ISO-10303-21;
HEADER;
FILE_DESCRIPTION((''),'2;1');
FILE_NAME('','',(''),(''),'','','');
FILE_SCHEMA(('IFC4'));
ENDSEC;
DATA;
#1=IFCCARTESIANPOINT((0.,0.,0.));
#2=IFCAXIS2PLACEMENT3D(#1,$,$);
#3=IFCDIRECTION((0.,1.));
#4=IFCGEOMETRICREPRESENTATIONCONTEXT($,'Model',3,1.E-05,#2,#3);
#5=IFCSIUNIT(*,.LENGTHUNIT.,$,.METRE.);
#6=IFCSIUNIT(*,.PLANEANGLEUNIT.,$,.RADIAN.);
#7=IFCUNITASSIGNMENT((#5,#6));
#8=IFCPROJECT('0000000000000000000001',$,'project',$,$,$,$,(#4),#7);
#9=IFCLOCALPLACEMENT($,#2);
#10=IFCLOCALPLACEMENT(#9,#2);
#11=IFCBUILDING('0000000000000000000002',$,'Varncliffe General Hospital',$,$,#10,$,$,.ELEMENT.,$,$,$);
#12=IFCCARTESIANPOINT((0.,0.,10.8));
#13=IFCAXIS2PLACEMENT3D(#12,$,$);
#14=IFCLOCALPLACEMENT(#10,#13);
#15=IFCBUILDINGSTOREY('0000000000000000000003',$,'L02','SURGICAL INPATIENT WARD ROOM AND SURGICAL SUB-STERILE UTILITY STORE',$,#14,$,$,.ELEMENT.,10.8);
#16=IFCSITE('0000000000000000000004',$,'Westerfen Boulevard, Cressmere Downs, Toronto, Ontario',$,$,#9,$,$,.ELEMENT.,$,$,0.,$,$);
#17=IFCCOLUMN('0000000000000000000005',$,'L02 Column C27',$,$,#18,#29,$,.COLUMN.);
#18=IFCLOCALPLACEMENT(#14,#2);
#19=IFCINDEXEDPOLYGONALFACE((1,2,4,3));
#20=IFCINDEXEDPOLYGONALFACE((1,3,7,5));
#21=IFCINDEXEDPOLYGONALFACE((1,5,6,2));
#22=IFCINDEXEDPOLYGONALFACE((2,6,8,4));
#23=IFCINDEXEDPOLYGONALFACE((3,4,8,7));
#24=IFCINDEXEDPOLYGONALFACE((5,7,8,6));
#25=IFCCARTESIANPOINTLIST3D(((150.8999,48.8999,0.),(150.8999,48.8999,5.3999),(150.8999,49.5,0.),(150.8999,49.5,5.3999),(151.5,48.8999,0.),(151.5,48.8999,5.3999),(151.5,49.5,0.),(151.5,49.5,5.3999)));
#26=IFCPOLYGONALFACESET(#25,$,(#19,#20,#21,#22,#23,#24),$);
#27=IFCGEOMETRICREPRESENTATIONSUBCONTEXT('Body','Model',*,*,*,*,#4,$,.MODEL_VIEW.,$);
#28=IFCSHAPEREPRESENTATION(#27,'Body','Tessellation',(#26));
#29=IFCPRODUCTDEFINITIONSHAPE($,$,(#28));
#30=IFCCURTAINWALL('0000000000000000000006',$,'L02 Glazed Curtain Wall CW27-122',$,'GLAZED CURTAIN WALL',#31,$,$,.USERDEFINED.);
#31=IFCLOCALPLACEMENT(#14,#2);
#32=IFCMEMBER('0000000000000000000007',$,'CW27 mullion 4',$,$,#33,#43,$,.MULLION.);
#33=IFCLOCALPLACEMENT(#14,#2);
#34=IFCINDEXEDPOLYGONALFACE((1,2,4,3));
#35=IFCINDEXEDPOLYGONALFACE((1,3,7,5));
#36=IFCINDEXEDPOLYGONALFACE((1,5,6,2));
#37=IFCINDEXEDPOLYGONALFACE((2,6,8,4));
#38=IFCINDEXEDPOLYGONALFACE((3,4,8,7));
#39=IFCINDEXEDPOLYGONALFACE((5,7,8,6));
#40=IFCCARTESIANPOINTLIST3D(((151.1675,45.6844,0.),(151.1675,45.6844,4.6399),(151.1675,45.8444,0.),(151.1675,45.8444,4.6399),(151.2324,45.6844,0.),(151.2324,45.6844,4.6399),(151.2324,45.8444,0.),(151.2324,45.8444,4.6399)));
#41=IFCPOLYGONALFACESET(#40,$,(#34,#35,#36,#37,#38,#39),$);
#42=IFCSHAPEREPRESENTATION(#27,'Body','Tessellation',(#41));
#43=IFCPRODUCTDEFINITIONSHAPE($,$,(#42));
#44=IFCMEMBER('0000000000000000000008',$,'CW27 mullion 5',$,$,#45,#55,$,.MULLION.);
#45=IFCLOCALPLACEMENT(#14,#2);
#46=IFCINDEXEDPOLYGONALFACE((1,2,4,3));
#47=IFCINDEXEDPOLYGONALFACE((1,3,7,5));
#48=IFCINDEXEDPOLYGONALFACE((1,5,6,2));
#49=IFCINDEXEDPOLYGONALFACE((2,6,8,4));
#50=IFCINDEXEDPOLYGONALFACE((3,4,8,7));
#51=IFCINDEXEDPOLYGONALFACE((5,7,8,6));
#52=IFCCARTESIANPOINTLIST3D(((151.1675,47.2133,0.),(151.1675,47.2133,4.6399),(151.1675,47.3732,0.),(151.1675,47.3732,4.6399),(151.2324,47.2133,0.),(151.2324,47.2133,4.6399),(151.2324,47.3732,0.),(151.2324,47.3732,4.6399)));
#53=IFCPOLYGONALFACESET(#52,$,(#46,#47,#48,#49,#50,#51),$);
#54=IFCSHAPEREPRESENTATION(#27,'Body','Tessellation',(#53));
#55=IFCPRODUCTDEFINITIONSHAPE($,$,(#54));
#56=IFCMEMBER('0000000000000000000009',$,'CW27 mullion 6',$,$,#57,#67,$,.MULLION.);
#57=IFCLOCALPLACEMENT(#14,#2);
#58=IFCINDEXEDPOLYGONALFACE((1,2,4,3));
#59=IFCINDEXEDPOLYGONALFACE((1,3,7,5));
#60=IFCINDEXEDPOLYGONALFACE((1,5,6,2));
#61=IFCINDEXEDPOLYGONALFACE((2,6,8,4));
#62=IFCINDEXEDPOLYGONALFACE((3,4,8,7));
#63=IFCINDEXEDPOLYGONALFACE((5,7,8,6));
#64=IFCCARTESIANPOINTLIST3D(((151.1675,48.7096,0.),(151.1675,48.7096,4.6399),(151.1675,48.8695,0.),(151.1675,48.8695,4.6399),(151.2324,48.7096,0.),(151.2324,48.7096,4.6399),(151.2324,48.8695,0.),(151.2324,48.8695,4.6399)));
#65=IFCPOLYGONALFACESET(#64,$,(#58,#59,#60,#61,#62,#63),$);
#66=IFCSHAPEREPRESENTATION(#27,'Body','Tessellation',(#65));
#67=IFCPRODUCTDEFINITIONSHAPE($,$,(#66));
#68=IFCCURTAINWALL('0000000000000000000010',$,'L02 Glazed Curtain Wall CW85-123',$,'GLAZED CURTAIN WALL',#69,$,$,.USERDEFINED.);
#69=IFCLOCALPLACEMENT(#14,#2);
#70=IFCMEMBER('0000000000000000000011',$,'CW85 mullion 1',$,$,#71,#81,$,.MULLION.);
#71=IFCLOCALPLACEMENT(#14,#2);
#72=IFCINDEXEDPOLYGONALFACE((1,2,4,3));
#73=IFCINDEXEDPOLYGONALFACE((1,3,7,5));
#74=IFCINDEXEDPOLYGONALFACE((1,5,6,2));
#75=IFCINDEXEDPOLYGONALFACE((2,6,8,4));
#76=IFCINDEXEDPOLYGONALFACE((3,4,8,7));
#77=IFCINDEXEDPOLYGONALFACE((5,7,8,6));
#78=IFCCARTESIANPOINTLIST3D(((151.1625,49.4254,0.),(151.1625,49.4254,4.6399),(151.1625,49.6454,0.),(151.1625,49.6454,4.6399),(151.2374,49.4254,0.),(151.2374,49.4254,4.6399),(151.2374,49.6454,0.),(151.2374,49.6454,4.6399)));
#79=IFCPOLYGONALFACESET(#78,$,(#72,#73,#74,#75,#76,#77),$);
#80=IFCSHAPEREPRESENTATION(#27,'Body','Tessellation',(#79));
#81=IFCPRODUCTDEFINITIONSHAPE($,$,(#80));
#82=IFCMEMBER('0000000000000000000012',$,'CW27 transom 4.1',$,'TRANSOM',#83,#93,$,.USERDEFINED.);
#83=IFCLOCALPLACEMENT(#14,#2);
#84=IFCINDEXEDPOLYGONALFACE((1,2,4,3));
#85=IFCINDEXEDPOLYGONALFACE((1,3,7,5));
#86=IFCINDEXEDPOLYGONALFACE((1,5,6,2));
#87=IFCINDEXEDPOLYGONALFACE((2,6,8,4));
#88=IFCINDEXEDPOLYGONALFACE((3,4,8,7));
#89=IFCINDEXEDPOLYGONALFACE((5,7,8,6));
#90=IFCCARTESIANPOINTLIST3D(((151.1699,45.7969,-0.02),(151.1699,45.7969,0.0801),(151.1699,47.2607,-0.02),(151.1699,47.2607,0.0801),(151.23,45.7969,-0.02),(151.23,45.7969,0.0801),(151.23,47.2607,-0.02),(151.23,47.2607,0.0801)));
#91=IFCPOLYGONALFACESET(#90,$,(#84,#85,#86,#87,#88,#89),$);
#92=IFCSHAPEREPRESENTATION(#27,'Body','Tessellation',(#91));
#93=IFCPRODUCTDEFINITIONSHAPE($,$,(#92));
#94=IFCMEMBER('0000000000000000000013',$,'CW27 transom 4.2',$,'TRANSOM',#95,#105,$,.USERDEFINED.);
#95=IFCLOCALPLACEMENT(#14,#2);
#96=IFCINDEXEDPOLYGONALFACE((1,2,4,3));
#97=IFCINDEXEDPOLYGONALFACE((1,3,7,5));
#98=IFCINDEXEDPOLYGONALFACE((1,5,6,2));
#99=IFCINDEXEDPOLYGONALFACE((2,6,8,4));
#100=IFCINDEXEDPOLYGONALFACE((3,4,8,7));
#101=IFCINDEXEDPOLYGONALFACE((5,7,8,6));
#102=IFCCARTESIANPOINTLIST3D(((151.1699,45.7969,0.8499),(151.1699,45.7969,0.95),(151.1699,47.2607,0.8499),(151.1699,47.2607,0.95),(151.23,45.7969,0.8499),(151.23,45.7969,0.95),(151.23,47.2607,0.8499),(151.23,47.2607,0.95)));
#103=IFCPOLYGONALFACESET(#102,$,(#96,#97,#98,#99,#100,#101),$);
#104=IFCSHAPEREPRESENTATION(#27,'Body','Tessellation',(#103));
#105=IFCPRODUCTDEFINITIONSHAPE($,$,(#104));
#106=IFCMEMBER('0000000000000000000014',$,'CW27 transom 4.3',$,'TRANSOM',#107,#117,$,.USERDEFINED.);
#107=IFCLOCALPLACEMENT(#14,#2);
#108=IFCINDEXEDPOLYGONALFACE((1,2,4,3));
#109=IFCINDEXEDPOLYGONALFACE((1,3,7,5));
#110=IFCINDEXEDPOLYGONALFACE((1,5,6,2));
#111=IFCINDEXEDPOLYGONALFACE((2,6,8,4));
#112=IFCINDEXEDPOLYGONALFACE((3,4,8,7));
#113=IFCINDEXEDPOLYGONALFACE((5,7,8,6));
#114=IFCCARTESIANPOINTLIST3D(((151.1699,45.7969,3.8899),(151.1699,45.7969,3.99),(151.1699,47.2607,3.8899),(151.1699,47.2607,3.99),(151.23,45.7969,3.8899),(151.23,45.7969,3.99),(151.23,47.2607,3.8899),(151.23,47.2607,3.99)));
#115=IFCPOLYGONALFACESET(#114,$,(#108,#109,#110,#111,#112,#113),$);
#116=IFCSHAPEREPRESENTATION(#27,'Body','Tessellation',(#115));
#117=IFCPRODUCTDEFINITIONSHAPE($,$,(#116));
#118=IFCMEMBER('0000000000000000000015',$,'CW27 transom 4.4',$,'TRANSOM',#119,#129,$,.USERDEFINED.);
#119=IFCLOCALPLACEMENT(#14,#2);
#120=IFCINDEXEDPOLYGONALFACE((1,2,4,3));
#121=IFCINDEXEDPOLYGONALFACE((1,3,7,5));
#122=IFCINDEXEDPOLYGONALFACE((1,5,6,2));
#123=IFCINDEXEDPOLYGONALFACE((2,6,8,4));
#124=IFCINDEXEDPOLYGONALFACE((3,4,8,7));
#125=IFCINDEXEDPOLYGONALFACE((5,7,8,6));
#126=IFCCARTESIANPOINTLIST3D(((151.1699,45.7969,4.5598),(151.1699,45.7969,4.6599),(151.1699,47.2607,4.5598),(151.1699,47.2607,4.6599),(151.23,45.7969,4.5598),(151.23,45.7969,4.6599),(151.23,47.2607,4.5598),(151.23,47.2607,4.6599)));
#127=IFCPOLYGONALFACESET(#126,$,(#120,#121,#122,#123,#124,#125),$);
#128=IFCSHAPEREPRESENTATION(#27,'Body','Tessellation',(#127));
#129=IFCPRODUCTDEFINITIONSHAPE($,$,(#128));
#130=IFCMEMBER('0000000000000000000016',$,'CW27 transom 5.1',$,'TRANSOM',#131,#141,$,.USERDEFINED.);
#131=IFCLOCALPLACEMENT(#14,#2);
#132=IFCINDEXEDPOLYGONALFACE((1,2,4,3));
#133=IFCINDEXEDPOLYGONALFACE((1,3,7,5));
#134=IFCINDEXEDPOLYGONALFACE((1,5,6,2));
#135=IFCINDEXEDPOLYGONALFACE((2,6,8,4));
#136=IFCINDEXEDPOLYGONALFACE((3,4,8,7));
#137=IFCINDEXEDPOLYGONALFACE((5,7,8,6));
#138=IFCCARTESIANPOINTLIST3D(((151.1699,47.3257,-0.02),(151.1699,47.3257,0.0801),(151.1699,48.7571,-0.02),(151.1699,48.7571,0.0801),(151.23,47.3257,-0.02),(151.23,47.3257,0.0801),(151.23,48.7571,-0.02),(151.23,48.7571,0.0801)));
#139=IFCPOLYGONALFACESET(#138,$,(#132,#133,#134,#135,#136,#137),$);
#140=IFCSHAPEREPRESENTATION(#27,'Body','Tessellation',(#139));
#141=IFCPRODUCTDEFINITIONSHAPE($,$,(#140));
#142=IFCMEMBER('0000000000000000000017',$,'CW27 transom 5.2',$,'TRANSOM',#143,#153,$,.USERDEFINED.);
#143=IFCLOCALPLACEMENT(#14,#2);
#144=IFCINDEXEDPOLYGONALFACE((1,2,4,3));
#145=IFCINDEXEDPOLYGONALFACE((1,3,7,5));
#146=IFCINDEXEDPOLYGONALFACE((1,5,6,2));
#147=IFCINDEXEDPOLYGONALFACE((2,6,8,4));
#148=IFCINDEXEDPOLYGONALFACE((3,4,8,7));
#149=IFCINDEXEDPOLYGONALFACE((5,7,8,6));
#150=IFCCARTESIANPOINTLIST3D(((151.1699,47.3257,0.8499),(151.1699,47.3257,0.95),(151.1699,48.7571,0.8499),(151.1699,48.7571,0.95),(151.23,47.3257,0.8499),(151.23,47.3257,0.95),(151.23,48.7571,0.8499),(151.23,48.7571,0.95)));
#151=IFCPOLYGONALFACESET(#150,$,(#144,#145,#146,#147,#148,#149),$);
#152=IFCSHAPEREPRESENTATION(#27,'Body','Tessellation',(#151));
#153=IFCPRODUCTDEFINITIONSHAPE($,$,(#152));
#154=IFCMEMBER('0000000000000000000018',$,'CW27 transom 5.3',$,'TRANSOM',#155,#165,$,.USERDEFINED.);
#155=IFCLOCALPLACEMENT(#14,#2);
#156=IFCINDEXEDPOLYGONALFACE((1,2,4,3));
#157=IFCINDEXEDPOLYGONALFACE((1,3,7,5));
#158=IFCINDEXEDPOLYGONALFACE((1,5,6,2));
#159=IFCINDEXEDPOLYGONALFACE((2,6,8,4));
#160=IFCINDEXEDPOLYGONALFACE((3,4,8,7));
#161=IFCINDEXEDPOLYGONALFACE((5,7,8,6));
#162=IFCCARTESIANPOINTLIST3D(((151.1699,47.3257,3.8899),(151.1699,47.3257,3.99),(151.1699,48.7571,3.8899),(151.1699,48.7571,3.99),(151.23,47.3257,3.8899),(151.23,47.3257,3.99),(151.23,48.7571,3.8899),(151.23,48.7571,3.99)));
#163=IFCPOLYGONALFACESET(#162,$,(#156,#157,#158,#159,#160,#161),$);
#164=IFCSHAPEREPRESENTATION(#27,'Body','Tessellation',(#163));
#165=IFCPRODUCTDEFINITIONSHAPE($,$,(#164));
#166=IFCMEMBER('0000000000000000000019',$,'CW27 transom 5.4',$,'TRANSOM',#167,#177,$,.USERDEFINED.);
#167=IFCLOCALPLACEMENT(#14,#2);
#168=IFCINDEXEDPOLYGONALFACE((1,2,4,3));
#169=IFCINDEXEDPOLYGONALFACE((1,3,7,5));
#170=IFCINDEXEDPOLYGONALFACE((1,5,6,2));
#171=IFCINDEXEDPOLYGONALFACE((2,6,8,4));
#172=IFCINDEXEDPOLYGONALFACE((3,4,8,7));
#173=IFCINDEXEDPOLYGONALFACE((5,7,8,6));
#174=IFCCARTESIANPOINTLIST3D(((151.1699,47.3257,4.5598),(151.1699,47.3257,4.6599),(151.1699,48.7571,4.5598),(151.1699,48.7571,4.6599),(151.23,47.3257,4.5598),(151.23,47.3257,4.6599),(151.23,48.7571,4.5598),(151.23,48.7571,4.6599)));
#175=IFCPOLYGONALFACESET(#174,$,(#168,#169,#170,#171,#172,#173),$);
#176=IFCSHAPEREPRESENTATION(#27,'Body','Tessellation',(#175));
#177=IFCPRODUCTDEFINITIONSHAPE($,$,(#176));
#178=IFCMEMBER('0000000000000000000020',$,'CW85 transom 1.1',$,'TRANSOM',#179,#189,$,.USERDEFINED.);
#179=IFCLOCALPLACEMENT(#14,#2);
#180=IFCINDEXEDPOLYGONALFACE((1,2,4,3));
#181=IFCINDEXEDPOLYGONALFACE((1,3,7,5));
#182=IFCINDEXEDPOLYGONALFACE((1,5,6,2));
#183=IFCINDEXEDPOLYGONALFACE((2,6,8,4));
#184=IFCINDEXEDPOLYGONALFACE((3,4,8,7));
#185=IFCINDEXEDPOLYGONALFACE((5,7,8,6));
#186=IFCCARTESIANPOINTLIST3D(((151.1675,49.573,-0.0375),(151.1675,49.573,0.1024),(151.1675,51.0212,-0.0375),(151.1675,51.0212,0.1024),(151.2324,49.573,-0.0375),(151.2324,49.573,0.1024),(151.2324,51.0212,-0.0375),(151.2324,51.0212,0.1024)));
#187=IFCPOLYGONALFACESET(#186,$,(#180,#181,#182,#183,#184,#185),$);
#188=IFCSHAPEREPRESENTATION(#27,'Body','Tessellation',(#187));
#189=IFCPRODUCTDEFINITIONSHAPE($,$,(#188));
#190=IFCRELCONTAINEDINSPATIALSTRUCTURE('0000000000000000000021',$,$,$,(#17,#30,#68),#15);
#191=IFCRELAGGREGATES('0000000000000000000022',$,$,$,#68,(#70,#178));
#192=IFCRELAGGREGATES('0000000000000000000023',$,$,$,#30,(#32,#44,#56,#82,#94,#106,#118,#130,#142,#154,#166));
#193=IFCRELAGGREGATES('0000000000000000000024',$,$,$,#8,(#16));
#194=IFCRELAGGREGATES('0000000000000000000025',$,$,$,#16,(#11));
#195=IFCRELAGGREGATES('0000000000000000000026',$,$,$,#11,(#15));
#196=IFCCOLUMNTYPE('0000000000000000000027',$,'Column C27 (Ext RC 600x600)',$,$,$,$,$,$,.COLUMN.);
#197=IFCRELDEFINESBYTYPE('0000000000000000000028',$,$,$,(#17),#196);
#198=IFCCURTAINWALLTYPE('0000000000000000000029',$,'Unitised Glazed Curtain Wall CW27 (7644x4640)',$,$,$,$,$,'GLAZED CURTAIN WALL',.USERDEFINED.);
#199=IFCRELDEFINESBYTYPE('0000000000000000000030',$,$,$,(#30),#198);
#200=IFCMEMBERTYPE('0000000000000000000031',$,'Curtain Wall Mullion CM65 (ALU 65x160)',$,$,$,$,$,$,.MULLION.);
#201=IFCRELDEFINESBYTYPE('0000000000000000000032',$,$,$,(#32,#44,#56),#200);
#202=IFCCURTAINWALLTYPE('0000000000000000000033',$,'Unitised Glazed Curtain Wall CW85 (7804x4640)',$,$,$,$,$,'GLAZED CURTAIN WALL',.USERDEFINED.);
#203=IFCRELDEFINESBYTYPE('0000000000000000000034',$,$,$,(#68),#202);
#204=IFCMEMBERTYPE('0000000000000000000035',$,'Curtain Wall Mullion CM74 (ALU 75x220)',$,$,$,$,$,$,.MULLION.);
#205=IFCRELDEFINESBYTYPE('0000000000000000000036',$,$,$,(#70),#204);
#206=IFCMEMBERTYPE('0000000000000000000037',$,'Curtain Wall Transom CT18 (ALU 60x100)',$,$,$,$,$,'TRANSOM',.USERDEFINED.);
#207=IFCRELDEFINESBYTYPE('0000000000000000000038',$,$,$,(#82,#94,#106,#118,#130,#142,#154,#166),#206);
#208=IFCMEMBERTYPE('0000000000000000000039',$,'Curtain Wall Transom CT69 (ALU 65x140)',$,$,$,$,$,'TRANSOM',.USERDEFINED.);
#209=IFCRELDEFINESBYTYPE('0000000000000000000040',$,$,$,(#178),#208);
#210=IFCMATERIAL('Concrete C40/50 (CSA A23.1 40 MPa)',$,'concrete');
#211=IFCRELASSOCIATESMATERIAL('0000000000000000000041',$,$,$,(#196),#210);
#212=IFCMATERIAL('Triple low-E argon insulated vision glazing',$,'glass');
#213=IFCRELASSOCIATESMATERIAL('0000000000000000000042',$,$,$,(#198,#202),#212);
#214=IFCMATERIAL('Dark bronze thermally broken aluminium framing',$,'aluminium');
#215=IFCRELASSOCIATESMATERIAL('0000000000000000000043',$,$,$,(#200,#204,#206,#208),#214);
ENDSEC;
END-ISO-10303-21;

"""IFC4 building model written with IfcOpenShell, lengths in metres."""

from ifc_helpers import new_model, si_unit, direction, frame, origin, origin_2d, place, context, subcontext, project, spatial, rectangle, extrude, material, material_profile, profile_set, type_object, element, aggregate, save


model = new_model("IFC4")

# Units and contexts
model_context = context("Model", 3, precision=1e-05, world=origin(), true_north=direction((0.0, 1.0)))
body_context = subcontext(model_context, "Body", "Model", "MODEL_VIEW")
ifc_project = project(units=[si_unit("LENGTHUNIT", "METRE"), si_unit("PLANEANGLEUNIT", "RADIAN")], contexts=[model_context])

# Site, building, storey
site_placement = place(None, origin())
site = spatial("IfcSite", under=ifc_project, at=site_placement, Name="Westerfen Boulevard, Cressmere Downs, Toronto, Ontario", CompositionType="ELEMENT", RefElevation=0.0)
building_placement = place(site_placement, origin())
building = spatial("IfcBuilding", under=site, at=building_placement, Name="Varncliffe General Hospital", CompositionType="ELEMENT")
storey_placement = place(building_placement, frame((0.0, 0.0, 10.8)))
storey = spatial("IfcBuildingStorey", under=building, at=storey_placement, Name="L02", Description="SURGICAL INPATIENT WARD ROOM AND SURGICAL SUB-STERILE UTILITY STORE", CompositionType="ELEMENT", Elevation=10.8)

# Column
ifc_material_1 = material(Name="Concrete C40/50 (CSA A23.1 40 MPa)", Category="concrete")
ifc_material_profile_1 = material_profile(ifc_material_1, rectangle(XDim=0.6001, YDim=0.6001, at=origin_2d()), Name="RC 600x600")
ifc_profile_set_1 = profile_set([ifc_material_profile_1], Name="Concrete C40/50 (CSA A23.1 40 MPa)")
column_type = type_object("IfcColumnType", Name="Column C27 (Ext RC 600x600)", PredefinedType="COLUMN", material=ifc_profile_set_1)
column_placement = place(storey_placement, frame((151.2, 49.2, 0.0), z_axis=(0.0, 0.0, 1.0), x_axis=(1.0, 0.0, 0.0)))
element("IfcColumn", 1, at=column_placement, inside=storey, type_object=column_type, Name="L02 Column C27", PredefinedType="COLUMN", context=body_context, shape_type="SweptSolid", body=[
    extrude(rectangle(XDim=0.6001, YDim=0.6001, at=origin_2d()), origin(), (0.0, 0.0, 1.0), 5.3999),
])

# Curtain wall, members
ifc_material_2 = material(Name="Triple low-E argon insulated vision glazing", Category="glass")
curtain_wall_type_1 = type_object("IfcCurtainWallType", Name="Unitised Glazed Curtain Wall CW27 (7644x4640)", ElementType="GLAZED CURTAIN WALL", PredefinedType="USERDEFINED", material=ifc_material_2)
curtain_wall_1_placement = place(storey_placement, origin())
curtain_wall_1 = element("IfcCurtainWall", 2, at=curtain_wall_1_placement, inside=storey, type_object=curtain_wall_type_1, Name="L02 Glazed Curtain Wall CW27-122", ObjectType="GLAZED CURTAIN WALL", PredefinedType="USERDEFINED")
ifc_material_3 = material(Name="Dark bronze thermally broken aluminium framing", Category="aluminium")
ifc_material_profile_2 = material_profile(ifc_material_3, rectangle(XDim=0.0649, YDim=0.1599, at=origin_2d()), Name="ALU 65x160")
ifc_profile_set_2 = profile_set([ifc_material_profile_2], Name="Dark bronze thermally broken aluminium framing")
member_type_1 = type_object("IfcMemberType", Name="Curtain Wall Mullion CM65 (ALU 65x160)", PredefinedType="MULLION", material=ifc_profile_set_2)
member_1_placement = place(storey_placement, frame((151.2, 45.7644, 0.0), z_axis=(0.0, 0.0, 1.0), x_axis=(-1.0, 0.0, 0.0)))
member_1 = element("IfcMember", 3, at=member_1_placement, type_object=member_type_1, Name="CW27 mullion 4", PredefinedType="MULLION", context=body_context, shape_type="SweptSolid", body=[
    extrude(rectangle(XDim=0.0649, YDim=0.1599, at=origin_2d()), origin(), (0.0, 0.0, 1.0), 4.6399),
])
member_2_placement = place(storey_placement, frame((151.2, 47.2932, 0.0), z_axis=(0.0, 0.0, 1.0), x_axis=(-1.0, 0.0, 0.0)))
member_2 = element("IfcMember", 4, at=member_2_placement, type_object=member_type_1, Name="CW27 mullion 5", PredefinedType="MULLION", context=body_context, shape_type="SweptSolid", body=[
    extrude(rectangle(XDim=0.0649, YDim=0.1599, at=origin_2d()), origin(), (0.0, 0.0, 1.0), 4.6399),
])
member_3_placement = place(storey_placement, frame((151.2, 48.7896, 0.0), z_axis=(0.0, 0.0, 1.0), x_axis=(-1.0, 0.0, 0.0)))
member_3 = element("IfcMember", 5, at=member_3_placement, type_object=member_type_1, Name="CW27 mullion 6", PredefinedType="MULLION", context=body_context, shape_type="SweptSolid", body=[
    extrude(rectangle(XDim=0.0649, YDim=0.1599, at=origin_2d()), origin(), (0.0, 0.0, 1.0), 4.6399),
])

# Curtain wall, member
curtain_wall_type_2 = type_object("IfcCurtainWallType", Name="Unitised Glazed Curtain Wall CW85 (7804x4640)", ElementType="GLAZED CURTAIN WALL", PredefinedType="USERDEFINED", material=ifc_material_2)
curtain_wall_2_placement = place(storey_placement, origin())
curtain_wall_2 = element("IfcCurtainWall", 6, at=curtain_wall_2_placement, inside=storey, type_object=curtain_wall_type_2, Name="L02 Glazed Curtain Wall CW85-123", ObjectType="GLAZED CURTAIN WALL", PredefinedType="USERDEFINED")
ifc_material_profile_3 = material_profile(ifc_material_3, rectangle(XDim=0.075, YDim=0.22, at=origin_2d()), Name="ALU 75x220")
ifc_profile_set_3 = profile_set([ifc_material_profile_3], Name="Dark bronze thermally broken aluminium framing")
member_type_2 = type_object("IfcMemberType", Name="Curtain Wall Mullion CM74 (ALU 75x220)", PredefinedType="MULLION", material=ifc_profile_set_3)
member_4_placement = place(storey_placement, frame((151.2, 49.5354, 0.0), z_axis=(0.0, 0.0, 1.0), x_axis=(-1.0, 0.0, 0.0)))
member_4 = element("IfcMember", 7, at=member_4_placement, type_object=member_type_2, Name="CW85 mullion 1", PredefinedType="MULLION", context=body_context, shape_type="SweptSolid", body=[
    extrude(rectangle(XDim=0.075, YDim=0.22, at=origin_2d()), origin(), (0.0, 0.0, 1.0), 4.6399),
])

# Members
ifc_material_profile_4 = material_profile(ifc_material_3, rectangle(XDim=0.0601, YDim=0.1001, at=origin_2d()), Name="ALU 60x100")
ifc_profile_set_4 = profile_set([ifc_material_profile_4], Name="Dark bronze thermally broken aluminium framing")
member_type_3 = type_object("IfcMemberType", Name="Curtain Wall Transom CT18 (ALU 60x100)", ElementType="TRANSOM", PredefinedType="USERDEFINED", material=ifc_profile_set_4)
member_5_placement = place(storey_placement, frame((151.2, 45.7969, 0.03), z_axis=(0.0, 1.0, 0.0), x_axis=(-1.0, 0.0, 0.0)))
member_5 = element("IfcMember", 8, at=member_5_placement, type_object=member_type_3, Name="CW27 transom 4.1", ObjectType="TRANSOM", PredefinedType="USERDEFINED", context=body_context, shape_type="SweptSolid", body=[
    extrude(rectangle(XDim=0.0601, YDim=0.1001, at=origin_2d()), origin(), (0.0, 0.0, 1.0), 1.4639),
])
member_6_placement = place(storey_placement, frame((151.2, 45.7969, 0.8999), z_axis=(0.0, 1.0, 0.0), x_axis=(-1.0, 0.0, 0.0)))
member_6 = element("IfcMember", 9, at=member_6_placement, type_object=member_type_3, Name="CW27 transom 4.2", ObjectType="TRANSOM", PredefinedType="USERDEFINED", context=body_context, shape_type="SweptSolid", body=[
    extrude(rectangle(XDim=0.0601, YDim=0.1001, at=origin_2d()), origin(), (0.0, 0.0, 1.0), 1.4639),
])
member_7_placement = place(storey_placement, frame((151.2, 45.7969, 3.9399), z_axis=(0.0, 1.0, 0.0), x_axis=(-1.0, 0.0, 0.0)))
member_7 = element("IfcMember", 10, at=member_7_placement, type_object=member_type_3, Name="CW27 transom 4.3", ObjectType="TRANSOM", PredefinedType="USERDEFINED", context=body_context, shape_type="SweptSolid", body=[
    extrude(rectangle(XDim=0.0601, YDim=0.1001, at=origin_2d()), origin(), (0.0, 0.0, 1.0), 1.4639),
])
member_8_placement = place(storey_placement, frame((151.2, 45.7969, 4.6099), z_axis=(0.0, 1.0, 0.0), x_axis=(-1.0, 0.0, 0.0)))
member_8 = element("IfcMember", 11, at=member_8_placement, type_object=member_type_3, Name="CW27 transom 4.4", ObjectType="TRANSOM", PredefinedType="USERDEFINED", context=body_context, shape_type="SweptSolid", body=[
    extrude(rectangle(XDim=0.0601, YDim=0.1001, at=origin_2d()), origin(), (0.0, 0.0, 1.0), 1.4639),
])
member_9_placement = place(storey_placement, frame((151.2, 47.3257, 0.03), z_axis=(0.0, 1.0, 0.0), x_axis=(-1.0, 0.0, 0.0)))
member_9 = element("IfcMember", 12, at=member_9_placement, type_object=member_type_3, Name="CW27 transom 5.1", ObjectType="TRANSOM", PredefinedType="USERDEFINED", context=body_context, shape_type="SweptSolid", body=[
    extrude(rectangle(XDim=0.0601, YDim=0.1001, at=origin_2d()), origin(), (0.0, 0.0, 1.0), 1.4314),
])
member_10_placement = place(storey_placement, frame((151.2, 47.3257, 0.8999), z_axis=(0.0, 1.0, 0.0), x_axis=(-1.0, 0.0, 0.0)))
member_10 = element("IfcMember", 13, at=member_10_placement, type_object=member_type_3, Name="CW27 transom 5.2", ObjectType="TRANSOM", PredefinedType="USERDEFINED", context=body_context, shape_type="SweptSolid", body=[
    extrude(rectangle(XDim=0.0601, YDim=0.1001, at=origin_2d()), origin(), (0.0, 0.0, 1.0), 1.4314),
])
member_11_placement = place(storey_placement, frame((151.2, 47.3257, 3.9399), z_axis=(0.0, 1.0, 0.0), x_axis=(-1.0, 0.0, 0.0)))
member_11 = element("IfcMember", 14, at=member_11_placement, type_object=member_type_3, Name="CW27 transom 5.3", ObjectType="TRANSOM", PredefinedType="USERDEFINED", context=body_context, shape_type="SweptSolid", body=[
    extrude(rectangle(XDim=0.0601, YDim=0.1001, at=origin_2d()), origin(), (0.0, 0.0, 1.0), 1.4314),
])
member_12_placement = place(storey_placement, frame((151.2, 47.3257, 4.6099), z_axis=(0.0, 1.0, 0.0), x_axis=(-1.0, 0.0, 0.0)))
member_12 = element("IfcMember", 15, at=member_12_placement, type_object=member_type_3, Name="CW27 transom 5.4", ObjectType="TRANSOM", PredefinedType="USERDEFINED", context=body_context, shape_type="SweptSolid", body=[
    extrude(rectangle(XDim=0.0601, YDim=0.1001, at=origin_2d()), origin(), (0.0, 0.0, 1.0), 1.4314),
])
ifc_material_profile_5 = material_profile(ifc_material_3, rectangle(XDim=0.0649, YDim=0.1399, at=origin_2d()), Name="ALU 65x140")
ifc_profile_set_5 = profile_set([ifc_material_profile_5], Name="Dark bronze thermally broken aluminium framing")
member_type_4 = type_object("IfcMemberType", Name="Curtain Wall Transom CT69 (ALU 65x140)", ElementType="TRANSOM", PredefinedType="USERDEFINED", material=ifc_profile_set_5)
member_13_placement = place(storey_placement, frame((151.2, 49.573, 0.0325), z_axis=(0.0, 1.0, 0.0), x_axis=(-1.0, 0.0, 0.0)))
member_13 = element("IfcMember", 16, at=member_13_placement, type_object=member_type_4, Name="CW85 transom 1.1", ObjectType="TRANSOM", PredefinedType="USERDEFINED", context=body_context, shape_type="SweptSolid", body=[
    extrude(rectangle(XDim=0.0649, YDim=0.1399, at=origin_2d()), origin(), (0.0, 0.0, 1.0), 1.4482),
])
aggregate(curtain_wall_2, [member_4, member_13])

aggregate(curtain_wall_1, [member_1, member_2, member_3, member_5, member_6, member_7, member_8, member_9, member_10, member_11, member_12])

save(model, "model.ifc")
